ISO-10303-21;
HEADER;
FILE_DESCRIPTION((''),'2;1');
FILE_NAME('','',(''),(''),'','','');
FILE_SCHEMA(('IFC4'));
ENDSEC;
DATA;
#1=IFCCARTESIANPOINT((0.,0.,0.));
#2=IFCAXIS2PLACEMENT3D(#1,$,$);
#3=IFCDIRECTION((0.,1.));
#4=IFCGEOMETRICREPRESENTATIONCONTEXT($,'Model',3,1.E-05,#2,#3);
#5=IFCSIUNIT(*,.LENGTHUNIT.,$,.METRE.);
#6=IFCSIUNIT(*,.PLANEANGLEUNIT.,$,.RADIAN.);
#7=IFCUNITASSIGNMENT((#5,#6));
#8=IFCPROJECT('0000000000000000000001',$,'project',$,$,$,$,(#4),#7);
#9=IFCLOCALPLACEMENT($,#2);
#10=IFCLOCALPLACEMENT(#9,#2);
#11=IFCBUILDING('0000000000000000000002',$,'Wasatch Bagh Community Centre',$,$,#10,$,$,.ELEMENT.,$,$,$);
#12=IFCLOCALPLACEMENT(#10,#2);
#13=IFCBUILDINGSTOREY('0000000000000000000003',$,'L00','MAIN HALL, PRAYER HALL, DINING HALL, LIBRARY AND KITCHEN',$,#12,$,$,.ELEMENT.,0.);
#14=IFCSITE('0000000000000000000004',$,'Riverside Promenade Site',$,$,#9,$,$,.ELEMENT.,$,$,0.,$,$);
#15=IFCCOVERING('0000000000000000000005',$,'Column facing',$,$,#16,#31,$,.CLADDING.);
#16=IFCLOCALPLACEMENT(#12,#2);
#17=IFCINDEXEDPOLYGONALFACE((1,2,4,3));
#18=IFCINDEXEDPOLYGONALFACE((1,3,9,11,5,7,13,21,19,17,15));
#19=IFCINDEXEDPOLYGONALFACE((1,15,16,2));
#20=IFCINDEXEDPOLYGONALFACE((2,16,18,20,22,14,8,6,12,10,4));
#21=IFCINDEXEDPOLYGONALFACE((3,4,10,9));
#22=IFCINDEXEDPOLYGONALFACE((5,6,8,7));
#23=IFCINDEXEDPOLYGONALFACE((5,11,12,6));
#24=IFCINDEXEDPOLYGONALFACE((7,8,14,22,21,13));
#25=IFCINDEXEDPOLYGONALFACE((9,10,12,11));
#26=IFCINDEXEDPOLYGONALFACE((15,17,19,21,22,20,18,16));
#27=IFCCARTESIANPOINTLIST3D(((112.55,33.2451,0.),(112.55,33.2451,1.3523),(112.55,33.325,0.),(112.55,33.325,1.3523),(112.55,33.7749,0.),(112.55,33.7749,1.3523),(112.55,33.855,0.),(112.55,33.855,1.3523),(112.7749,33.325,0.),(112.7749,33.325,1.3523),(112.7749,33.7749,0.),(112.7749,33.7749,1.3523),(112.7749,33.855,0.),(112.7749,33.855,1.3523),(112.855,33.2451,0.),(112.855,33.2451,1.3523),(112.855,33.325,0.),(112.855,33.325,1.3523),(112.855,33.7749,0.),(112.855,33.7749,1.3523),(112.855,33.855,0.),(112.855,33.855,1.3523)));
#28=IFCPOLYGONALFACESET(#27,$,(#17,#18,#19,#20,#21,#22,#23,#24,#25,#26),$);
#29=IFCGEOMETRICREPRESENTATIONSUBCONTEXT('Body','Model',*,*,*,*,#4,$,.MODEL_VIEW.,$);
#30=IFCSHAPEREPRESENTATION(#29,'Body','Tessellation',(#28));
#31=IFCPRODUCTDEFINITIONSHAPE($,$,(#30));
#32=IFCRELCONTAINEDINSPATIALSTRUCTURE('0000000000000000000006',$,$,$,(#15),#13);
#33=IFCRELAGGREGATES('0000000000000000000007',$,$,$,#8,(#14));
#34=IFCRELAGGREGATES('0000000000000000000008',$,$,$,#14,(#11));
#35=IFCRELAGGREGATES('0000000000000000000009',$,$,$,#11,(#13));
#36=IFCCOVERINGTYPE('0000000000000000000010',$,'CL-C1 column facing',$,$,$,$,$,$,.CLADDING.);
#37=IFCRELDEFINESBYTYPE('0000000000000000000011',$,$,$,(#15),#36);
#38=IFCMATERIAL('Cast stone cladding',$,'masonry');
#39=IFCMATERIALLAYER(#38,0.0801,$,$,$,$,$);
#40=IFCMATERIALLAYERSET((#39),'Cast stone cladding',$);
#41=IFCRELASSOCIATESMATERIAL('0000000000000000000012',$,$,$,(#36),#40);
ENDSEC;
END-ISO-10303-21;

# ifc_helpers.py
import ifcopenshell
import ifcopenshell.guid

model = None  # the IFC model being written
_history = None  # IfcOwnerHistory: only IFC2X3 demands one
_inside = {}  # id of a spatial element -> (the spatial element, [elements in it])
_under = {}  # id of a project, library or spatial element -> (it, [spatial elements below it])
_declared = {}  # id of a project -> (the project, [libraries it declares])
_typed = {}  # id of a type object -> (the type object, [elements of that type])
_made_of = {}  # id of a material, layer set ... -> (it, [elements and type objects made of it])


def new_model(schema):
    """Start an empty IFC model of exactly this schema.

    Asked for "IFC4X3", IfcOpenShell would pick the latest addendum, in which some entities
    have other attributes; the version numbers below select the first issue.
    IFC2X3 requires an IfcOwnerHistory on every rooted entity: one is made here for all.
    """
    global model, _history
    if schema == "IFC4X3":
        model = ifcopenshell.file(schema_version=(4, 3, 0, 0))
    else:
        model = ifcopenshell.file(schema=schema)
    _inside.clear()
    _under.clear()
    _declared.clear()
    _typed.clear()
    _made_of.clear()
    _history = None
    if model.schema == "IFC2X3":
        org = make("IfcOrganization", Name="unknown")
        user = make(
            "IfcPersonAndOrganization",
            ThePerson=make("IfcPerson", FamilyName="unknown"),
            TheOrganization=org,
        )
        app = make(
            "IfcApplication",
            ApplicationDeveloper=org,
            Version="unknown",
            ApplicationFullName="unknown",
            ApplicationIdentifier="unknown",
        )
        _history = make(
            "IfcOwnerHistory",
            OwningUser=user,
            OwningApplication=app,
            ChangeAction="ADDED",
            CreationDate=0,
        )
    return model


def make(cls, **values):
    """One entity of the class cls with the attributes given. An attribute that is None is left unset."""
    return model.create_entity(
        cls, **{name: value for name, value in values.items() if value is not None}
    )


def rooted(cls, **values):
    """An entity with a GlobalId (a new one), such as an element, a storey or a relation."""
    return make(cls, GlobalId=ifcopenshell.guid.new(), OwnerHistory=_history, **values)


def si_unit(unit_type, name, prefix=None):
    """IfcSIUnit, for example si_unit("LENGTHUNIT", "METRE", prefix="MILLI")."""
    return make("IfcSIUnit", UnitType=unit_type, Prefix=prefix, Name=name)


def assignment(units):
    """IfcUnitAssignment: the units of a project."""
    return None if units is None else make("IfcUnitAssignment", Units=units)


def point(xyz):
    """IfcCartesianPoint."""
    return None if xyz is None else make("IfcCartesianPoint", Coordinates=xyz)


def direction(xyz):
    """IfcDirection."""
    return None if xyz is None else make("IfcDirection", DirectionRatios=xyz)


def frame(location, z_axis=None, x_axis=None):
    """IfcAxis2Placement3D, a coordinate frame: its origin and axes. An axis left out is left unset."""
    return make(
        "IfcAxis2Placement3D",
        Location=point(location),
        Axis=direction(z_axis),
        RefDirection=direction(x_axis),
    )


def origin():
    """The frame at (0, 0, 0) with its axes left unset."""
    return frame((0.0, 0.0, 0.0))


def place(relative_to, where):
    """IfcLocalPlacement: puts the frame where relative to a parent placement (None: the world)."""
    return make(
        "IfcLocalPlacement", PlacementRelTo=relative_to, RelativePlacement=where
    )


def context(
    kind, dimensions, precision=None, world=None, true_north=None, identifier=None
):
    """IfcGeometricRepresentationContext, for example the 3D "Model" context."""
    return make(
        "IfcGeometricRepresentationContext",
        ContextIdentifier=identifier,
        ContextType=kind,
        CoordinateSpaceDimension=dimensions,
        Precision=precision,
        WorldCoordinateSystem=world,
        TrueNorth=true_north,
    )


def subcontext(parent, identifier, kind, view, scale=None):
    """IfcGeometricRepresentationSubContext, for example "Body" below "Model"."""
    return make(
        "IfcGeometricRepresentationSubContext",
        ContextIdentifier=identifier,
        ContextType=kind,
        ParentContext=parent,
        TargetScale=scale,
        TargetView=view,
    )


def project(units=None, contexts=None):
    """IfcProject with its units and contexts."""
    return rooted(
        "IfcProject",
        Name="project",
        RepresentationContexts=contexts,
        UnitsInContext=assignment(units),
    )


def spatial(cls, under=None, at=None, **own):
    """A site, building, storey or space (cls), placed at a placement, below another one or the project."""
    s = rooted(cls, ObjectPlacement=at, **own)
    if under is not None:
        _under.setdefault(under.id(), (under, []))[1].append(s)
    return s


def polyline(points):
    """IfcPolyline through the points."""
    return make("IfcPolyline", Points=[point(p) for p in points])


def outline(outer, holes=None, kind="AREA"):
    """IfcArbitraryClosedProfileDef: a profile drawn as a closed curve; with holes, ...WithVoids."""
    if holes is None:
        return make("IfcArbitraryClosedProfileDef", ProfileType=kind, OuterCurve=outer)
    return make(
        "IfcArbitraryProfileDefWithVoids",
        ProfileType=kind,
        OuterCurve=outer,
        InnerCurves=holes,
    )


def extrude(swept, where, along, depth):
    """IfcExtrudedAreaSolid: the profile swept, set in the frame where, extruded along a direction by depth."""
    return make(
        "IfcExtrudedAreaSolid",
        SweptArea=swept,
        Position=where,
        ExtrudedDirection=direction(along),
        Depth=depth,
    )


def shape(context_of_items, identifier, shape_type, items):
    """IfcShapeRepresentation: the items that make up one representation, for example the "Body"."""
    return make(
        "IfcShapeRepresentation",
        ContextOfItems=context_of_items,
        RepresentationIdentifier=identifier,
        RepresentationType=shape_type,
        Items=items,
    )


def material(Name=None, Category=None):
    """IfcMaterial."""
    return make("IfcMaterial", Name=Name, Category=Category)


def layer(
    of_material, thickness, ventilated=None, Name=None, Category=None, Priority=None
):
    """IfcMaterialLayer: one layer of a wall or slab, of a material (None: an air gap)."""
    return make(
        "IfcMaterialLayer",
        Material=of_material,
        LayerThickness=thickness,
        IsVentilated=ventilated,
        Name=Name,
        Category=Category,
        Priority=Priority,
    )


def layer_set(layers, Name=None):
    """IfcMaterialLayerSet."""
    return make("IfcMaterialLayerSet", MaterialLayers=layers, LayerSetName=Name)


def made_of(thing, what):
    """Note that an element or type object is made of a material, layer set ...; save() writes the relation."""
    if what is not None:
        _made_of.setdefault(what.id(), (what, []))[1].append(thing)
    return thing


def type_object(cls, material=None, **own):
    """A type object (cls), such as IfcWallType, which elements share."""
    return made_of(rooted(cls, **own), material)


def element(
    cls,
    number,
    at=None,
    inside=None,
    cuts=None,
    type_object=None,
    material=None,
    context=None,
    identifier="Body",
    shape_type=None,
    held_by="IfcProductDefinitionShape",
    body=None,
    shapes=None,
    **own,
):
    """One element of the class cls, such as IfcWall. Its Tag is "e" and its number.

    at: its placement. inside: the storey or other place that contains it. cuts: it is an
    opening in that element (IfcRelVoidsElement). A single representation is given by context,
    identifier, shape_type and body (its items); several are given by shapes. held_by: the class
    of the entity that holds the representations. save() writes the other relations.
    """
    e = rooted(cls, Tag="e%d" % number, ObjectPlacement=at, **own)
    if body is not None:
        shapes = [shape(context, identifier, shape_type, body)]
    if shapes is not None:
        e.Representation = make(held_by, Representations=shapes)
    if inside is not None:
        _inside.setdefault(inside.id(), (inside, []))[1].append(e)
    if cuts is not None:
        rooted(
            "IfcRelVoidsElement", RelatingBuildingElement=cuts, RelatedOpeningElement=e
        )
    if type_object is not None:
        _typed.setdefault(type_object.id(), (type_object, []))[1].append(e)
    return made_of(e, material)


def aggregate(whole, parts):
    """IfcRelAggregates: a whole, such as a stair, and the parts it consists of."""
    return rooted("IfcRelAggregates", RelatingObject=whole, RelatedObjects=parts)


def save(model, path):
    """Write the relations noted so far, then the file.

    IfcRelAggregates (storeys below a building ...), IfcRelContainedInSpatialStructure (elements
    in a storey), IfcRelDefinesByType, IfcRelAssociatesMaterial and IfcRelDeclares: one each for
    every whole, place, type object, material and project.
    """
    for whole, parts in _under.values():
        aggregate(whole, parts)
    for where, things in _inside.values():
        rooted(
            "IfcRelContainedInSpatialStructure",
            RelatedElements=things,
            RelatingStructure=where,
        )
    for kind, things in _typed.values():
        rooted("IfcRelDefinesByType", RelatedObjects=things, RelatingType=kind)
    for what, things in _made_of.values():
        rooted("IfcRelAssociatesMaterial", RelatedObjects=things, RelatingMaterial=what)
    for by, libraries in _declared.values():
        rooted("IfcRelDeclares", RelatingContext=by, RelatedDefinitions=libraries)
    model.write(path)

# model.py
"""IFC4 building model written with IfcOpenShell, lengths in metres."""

from ifc_helpers import new_model, si_unit, direction, origin, place, context, subcontext, project, spatial, polyline, outline, extrude, material, layer, layer_set, type_object, element, save


model = new_model("IFC4")

# Units and contexts
model_context = context("Model", 3, precision=1e-05, world=origin(), true_north=direction((0.0, 1.0)))
body_context = subcontext(model_context, "Body", "Model", "MODEL_VIEW")
ifc_project = project(units=[si_unit("LENGTHUNIT", "METRE"), si_unit("PLANEANGLEUNIT", "RADIAN")], contexts=[model_context])

# Site, building, storey
site_placement = place(None, origin())
site = spatial("IfcSite", under=ifc_project, at=site_placement, Name="Riverside Promenade Site", CompositionType="ELEMENT", RefElevation=0.0)
building_placement = place(site_placement, origin())
building = spatial("IfcBuilding", under=site, at=building_placement, Name="Wasatch Bagh Community Centre", CompositionType="ELEMENT")
storey_placement = place(building_placement, origin())
storey = spatial("IfcBuildingStorey", under=building, at=storey_placement, Name="L00", Description="MAIN HALL, PRAYER HALL, DINING HALL, LIBRARY AND KITCHEN", CompositionType="ELEMENT", Elevation=0.0)

# Covering
ifc_material = material(Name="Cast stone cladding", Category="masonry")
ifc_layer = layer(ifc_material, 0.0801)
ifc_layer_set = layer_set([ifc_layer], Name="Cast stone cladding")
covering_type = type_object("IfcCoveringType", Name="CL-C1 column facing", PredefinedType="CLADDING", material=ifc_layer_set)
covering_1_placement = place(storey_placement, origin())
element("IfcCovering", 1, at=covering_1_placement, inside=storey, type_object=covering_type, Name="Column facing", PredefinedType="CLADDING", context=body_context, shape_type="SweptSolid", body=[
    extrude(outline(polyline([(112.7749, 33.855), (112.855, 33.855), (112.855, 33.7749), (112.855, 33.325), (112.855, 33.2451), (112.55, 33.2451), (112.55, 33.325), (112.7749, 33.325), (112.7749, 33.7749), (112.55, 33.7749), (112.55, 33.855), (112.7749, 33.855)])), origin(), (0.0, 0.0, 1.0), 1.3523),
])

save(model, "model.ifc")
